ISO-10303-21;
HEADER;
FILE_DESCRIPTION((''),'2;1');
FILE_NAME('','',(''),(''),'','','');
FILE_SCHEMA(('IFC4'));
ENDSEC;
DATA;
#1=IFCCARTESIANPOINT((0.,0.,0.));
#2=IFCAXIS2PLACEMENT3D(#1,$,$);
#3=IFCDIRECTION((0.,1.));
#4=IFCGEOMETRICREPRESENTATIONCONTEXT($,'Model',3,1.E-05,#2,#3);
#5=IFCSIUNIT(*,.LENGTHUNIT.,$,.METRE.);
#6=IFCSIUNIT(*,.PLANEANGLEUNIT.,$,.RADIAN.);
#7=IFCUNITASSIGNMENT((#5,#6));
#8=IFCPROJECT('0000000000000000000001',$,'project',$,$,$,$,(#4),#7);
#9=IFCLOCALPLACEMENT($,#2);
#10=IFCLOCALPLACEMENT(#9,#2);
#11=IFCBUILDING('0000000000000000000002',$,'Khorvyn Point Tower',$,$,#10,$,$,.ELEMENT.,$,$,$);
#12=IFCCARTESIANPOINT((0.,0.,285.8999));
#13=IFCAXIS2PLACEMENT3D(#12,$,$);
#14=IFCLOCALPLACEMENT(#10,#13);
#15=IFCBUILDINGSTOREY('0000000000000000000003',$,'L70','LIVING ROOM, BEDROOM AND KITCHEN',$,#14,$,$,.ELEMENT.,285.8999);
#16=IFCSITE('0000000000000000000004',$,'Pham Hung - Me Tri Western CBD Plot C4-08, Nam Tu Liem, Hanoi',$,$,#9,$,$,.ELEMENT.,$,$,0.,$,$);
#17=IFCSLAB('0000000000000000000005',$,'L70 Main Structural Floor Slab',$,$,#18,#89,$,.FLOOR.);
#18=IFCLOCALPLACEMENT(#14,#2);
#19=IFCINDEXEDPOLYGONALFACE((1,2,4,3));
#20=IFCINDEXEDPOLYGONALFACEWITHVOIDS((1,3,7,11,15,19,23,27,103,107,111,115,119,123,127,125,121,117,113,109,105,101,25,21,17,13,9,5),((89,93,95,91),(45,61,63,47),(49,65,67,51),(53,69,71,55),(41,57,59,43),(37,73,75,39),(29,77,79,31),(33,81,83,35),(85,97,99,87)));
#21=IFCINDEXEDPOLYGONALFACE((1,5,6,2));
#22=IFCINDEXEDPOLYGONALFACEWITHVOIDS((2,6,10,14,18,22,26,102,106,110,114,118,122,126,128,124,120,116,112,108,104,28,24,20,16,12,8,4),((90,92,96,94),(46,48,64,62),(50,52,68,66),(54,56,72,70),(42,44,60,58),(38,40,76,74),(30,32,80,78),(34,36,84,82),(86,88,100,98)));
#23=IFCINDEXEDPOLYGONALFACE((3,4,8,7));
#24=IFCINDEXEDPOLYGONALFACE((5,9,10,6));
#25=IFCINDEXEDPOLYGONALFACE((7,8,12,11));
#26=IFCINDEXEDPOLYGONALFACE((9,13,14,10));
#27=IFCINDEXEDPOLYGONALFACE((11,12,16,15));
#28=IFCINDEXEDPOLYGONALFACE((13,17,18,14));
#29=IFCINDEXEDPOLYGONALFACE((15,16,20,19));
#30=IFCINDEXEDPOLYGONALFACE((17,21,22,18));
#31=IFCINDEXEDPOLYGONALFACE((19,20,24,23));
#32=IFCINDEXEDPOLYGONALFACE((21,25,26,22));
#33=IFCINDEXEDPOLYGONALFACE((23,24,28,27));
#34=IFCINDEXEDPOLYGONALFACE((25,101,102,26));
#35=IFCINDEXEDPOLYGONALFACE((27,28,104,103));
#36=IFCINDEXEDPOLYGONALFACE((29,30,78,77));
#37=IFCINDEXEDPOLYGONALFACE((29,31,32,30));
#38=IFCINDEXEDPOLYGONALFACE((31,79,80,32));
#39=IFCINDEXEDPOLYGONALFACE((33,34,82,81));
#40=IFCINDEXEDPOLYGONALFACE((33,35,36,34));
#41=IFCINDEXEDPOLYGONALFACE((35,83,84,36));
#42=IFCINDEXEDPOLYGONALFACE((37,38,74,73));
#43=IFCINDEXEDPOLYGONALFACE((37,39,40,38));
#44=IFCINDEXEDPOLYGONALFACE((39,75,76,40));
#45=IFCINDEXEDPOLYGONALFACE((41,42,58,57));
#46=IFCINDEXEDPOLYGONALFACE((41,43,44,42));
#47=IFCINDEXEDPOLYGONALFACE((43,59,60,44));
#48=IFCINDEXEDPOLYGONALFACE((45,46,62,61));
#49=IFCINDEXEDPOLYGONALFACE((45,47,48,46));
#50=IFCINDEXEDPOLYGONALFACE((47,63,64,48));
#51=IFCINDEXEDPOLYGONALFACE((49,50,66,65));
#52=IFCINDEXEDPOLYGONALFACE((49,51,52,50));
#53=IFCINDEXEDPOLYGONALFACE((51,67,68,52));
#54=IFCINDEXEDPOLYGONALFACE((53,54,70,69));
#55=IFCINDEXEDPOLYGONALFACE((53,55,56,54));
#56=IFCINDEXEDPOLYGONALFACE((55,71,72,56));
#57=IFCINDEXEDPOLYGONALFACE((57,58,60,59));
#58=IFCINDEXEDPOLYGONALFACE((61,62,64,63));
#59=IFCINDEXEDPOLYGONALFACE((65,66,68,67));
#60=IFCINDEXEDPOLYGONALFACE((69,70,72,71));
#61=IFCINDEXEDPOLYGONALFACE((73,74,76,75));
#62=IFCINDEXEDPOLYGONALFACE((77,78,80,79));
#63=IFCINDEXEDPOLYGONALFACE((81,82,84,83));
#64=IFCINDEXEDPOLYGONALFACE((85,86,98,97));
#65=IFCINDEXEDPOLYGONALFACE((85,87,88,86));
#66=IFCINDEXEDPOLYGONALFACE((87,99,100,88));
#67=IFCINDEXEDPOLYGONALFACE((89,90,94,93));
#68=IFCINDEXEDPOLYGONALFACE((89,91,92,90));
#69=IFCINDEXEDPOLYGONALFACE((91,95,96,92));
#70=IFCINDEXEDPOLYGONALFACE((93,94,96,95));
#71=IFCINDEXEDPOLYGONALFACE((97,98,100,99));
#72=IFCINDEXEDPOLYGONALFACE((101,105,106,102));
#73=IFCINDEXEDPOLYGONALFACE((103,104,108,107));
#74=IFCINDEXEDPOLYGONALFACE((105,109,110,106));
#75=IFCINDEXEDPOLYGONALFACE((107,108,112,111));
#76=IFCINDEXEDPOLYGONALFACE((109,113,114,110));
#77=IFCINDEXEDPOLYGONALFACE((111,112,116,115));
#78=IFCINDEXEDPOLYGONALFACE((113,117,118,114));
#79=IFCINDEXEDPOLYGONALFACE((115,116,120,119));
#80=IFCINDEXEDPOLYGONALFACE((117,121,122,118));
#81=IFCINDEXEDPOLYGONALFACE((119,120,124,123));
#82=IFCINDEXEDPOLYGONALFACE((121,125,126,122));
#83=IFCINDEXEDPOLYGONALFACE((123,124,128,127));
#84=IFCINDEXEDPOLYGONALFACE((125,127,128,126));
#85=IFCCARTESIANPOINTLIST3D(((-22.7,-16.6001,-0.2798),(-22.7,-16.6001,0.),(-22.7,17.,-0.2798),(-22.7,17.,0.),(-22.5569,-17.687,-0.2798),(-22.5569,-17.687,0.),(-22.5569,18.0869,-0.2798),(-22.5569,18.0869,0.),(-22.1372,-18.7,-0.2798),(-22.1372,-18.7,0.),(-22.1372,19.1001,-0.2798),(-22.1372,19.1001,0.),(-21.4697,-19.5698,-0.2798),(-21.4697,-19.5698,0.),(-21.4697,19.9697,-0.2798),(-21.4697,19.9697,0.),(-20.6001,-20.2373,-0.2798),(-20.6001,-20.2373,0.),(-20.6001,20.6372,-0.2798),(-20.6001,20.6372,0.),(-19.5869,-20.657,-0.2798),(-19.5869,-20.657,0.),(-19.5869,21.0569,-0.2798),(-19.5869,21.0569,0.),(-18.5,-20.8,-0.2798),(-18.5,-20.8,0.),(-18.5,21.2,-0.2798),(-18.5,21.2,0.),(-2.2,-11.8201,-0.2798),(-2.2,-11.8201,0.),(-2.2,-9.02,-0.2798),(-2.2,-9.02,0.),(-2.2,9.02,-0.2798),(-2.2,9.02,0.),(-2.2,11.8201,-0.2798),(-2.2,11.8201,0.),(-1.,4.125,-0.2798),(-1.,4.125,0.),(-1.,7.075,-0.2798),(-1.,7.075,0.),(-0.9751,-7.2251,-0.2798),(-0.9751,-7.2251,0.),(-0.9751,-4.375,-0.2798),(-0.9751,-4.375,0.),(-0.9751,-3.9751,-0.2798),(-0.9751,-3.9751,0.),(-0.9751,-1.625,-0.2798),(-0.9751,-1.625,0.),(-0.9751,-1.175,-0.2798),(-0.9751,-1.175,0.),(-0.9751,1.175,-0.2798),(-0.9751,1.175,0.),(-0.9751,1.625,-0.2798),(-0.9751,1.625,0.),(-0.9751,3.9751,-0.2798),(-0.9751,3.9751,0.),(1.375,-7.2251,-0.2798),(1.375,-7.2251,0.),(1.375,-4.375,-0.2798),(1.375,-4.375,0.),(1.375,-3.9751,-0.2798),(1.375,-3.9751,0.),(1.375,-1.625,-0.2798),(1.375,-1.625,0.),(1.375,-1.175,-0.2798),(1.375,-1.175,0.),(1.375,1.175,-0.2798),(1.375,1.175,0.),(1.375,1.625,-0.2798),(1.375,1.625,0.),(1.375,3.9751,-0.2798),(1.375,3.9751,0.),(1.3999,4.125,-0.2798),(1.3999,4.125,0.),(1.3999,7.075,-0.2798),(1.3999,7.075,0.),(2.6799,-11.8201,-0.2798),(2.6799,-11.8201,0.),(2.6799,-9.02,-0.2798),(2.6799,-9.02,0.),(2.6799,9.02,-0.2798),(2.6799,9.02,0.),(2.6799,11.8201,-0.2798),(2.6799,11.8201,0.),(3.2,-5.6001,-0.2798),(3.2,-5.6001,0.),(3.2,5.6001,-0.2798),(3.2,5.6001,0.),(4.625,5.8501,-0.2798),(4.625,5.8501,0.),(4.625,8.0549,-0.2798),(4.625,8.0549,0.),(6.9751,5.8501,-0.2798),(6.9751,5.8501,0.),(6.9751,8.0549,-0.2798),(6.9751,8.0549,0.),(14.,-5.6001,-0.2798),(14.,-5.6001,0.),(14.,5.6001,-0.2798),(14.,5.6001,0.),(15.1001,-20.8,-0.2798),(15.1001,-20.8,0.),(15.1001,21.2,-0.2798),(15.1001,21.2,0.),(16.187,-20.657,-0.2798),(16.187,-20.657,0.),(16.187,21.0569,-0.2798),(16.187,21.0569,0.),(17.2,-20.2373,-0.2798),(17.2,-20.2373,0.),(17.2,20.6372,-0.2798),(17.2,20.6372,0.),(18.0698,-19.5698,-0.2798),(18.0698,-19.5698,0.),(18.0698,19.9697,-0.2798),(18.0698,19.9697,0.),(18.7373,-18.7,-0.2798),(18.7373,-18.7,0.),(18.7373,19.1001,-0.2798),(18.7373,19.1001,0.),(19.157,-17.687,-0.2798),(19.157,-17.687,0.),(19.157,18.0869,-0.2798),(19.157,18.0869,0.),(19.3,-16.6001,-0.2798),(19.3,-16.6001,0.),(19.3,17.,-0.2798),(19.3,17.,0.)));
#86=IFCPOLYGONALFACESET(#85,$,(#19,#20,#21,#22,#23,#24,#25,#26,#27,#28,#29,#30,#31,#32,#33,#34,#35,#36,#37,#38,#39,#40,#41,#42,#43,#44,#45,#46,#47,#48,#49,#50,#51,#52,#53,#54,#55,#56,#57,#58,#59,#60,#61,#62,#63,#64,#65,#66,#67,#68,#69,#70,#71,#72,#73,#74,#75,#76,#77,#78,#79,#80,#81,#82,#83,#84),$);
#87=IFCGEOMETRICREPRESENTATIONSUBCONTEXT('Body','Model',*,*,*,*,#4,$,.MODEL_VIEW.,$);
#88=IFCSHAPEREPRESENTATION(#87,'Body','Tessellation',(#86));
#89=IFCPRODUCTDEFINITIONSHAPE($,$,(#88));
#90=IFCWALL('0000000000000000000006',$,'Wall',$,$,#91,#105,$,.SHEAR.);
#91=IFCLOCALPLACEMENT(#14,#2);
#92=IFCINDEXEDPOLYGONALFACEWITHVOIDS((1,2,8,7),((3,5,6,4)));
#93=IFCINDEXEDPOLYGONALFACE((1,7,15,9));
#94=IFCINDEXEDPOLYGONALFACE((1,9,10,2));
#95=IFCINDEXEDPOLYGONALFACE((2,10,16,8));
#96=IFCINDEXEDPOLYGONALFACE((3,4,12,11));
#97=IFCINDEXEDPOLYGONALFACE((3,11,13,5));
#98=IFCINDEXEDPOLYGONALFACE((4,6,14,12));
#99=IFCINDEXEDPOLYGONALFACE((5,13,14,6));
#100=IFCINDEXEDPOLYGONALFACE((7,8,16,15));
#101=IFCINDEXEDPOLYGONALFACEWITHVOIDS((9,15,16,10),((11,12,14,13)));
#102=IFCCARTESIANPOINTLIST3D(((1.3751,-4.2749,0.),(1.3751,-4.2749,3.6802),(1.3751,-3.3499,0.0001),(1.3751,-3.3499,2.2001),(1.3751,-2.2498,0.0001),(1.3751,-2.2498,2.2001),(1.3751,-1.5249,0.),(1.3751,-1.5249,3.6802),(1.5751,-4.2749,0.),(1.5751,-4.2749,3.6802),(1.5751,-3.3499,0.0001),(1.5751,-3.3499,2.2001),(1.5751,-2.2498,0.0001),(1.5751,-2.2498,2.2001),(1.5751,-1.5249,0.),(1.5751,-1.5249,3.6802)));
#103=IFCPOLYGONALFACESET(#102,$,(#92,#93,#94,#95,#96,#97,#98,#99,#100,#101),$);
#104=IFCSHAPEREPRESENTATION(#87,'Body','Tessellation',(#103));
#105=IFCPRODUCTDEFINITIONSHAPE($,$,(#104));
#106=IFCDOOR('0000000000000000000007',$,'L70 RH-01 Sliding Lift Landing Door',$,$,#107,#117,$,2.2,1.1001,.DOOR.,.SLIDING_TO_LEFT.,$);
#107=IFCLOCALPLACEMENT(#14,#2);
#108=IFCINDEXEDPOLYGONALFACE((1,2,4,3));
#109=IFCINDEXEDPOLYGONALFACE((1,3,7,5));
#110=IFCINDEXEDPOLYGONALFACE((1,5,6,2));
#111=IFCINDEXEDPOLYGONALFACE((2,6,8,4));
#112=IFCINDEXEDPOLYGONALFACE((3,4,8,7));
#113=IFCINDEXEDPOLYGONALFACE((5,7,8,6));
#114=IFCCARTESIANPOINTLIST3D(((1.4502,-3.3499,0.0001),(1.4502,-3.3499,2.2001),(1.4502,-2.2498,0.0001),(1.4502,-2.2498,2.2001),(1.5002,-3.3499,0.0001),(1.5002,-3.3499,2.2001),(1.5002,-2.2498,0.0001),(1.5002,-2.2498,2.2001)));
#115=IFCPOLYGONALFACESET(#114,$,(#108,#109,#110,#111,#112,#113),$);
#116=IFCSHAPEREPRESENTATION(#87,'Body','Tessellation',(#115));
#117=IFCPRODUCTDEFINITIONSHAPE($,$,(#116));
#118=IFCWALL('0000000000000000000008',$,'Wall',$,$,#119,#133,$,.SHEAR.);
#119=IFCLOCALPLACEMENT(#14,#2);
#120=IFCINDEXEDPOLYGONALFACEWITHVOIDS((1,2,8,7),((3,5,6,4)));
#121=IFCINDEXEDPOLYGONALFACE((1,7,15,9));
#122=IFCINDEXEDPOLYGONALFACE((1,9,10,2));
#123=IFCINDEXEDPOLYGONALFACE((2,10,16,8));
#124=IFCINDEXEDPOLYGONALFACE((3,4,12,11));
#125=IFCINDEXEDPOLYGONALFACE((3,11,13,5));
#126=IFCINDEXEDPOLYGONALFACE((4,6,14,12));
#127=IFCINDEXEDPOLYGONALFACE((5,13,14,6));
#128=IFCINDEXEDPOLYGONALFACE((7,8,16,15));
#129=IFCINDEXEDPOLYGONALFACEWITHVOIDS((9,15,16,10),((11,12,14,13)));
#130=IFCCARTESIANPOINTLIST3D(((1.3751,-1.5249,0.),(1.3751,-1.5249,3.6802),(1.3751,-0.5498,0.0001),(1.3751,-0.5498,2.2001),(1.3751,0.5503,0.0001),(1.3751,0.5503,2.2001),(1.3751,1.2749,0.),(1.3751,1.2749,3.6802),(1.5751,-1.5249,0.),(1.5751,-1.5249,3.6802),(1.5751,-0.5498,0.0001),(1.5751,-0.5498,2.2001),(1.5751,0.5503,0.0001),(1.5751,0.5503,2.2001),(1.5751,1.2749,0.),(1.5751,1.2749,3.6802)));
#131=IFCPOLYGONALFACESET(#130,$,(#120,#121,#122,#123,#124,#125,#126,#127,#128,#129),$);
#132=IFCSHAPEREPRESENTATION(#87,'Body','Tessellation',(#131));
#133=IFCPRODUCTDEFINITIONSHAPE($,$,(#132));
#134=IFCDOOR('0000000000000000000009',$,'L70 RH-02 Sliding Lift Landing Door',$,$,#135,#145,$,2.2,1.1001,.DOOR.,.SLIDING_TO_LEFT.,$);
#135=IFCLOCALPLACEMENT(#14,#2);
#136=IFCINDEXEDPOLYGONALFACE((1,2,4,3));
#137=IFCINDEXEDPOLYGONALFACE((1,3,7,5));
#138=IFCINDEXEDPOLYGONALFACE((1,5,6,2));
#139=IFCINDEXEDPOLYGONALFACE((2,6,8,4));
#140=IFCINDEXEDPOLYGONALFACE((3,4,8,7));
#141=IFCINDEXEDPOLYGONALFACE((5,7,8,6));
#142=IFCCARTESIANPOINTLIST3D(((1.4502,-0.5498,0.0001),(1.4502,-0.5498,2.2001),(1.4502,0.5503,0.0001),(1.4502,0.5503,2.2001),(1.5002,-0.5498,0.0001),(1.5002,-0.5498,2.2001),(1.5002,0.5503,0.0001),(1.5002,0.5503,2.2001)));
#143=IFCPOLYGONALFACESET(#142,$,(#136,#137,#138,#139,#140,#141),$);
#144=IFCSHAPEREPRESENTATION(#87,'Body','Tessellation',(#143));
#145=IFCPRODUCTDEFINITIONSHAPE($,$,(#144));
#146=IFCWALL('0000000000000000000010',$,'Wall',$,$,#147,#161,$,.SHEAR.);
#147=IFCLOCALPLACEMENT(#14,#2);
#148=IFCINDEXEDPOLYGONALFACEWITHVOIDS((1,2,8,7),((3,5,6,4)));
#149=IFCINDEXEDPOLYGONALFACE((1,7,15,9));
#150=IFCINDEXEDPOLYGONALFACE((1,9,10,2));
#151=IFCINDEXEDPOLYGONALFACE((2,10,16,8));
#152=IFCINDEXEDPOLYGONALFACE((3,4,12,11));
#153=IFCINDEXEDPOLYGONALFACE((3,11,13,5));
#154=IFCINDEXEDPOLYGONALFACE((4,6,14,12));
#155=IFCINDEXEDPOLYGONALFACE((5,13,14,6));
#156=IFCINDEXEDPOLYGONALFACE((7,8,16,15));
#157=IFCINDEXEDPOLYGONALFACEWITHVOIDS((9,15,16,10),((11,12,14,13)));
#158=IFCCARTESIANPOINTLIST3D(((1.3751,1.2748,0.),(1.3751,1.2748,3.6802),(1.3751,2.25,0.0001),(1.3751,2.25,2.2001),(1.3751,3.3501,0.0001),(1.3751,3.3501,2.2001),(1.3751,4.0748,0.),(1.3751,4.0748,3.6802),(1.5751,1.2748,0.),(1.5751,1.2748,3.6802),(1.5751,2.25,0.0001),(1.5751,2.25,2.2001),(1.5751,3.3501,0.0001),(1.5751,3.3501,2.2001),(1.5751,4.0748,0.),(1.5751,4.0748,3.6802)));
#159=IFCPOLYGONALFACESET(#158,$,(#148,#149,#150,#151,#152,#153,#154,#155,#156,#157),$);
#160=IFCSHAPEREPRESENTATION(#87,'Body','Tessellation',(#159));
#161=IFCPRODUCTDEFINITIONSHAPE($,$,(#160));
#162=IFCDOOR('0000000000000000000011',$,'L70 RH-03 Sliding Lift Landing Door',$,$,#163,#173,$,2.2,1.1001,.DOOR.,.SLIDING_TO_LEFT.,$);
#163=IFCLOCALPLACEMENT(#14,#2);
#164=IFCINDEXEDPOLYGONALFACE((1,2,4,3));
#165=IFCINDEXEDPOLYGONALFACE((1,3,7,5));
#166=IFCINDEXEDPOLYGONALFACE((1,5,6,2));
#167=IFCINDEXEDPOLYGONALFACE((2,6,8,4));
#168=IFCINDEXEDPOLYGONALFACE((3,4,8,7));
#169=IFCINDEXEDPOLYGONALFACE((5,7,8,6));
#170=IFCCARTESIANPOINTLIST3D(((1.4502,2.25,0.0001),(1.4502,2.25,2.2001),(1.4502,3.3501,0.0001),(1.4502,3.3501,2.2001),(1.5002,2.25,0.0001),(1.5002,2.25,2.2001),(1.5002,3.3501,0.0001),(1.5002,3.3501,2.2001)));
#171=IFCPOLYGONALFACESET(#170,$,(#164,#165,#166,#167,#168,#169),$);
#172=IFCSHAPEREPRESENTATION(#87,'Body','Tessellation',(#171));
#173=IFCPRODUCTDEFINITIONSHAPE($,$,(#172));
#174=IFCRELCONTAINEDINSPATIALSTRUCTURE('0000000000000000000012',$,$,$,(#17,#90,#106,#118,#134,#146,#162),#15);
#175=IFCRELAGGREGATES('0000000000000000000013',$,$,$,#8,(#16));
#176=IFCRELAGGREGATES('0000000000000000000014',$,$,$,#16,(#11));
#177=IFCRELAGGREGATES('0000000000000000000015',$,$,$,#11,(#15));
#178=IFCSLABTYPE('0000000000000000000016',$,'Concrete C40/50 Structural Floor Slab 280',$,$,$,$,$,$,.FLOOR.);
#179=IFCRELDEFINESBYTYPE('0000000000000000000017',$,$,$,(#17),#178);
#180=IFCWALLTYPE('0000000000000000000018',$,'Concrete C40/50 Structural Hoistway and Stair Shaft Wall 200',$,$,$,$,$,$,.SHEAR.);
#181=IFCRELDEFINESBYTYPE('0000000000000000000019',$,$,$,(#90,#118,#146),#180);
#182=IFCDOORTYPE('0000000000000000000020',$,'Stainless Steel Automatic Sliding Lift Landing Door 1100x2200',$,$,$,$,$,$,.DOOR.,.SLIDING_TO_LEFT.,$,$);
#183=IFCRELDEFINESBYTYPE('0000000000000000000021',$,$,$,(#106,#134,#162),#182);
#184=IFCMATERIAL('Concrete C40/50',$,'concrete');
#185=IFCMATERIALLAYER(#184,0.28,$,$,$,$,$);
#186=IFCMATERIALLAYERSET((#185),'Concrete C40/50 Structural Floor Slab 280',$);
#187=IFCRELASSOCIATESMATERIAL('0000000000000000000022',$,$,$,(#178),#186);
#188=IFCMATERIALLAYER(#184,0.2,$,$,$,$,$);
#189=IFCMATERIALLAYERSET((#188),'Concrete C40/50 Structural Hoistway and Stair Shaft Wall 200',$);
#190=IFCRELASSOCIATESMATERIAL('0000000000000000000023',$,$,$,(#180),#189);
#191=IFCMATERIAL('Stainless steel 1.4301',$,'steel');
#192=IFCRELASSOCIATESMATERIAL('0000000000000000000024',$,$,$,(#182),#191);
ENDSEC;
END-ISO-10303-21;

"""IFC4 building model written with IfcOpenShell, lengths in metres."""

from ifc_helpers import new_model, si_unit, direction, frame, frame_2d, origin, place, context, subcontext, project, spatial, polyline, rectangle, outline, extrude, material, layer, layer_set, type_object, element, fill, save


model = new_model("IFC4")

# Units and contexts
model_context = context("Model", 3, precision=1e-05, world=origin(), true_north=direction((0.0, 1.0)))
body_context = subcontext(model_context, "Body", "Model", "MODEL_VIEW")
ifc_project = project(units=[si_unit("LENGTHUNIT", "METRE"), si_unit("PLANEANGLEUNIT", "RADIAN")], contexts=[model_context])

# Site, building, storey
site_placement = place(None, origin())
site = spatial("IfcSite", under=ifc_project, at=site_placement, Name="Pham Hung - Me Tri Western CBD Plot C4-08, Nam Tu Liem, Hanoi", CompositionType="ELEMENT", RefElevation=0.0)
building_placement = place(site_placement, origin())
building = spatial("IfcBuilding", under=site, at=building_placement, Name="Khorvyn Point Tower", CompositionType="ELEMENT")
storey_placement = place(building_placement, frame((0.0, 0.0, 285.8999)))
storey = spatial("IfcBuildingStorey", under=building, at=storey_placement, Name="L70", Description="LIVING ROOM, BEDROOM AND KITCHEN", CompositionType="ELEMENT", Elevation=285.8999)

# Shared definitions
ifc_material_1 = material(Name="Concrete C40/50", Category="concrete")

# Slab
ifc_layer_1 = layer(ifc_material_1, 0.28)
ifc_layer_set_1 = layer_set([ifc_layer_1], Name="Concrete C40/50 Structural Floor Slab 280")
slab_type_1 = type_object("IfcSlabType", Name="Concrete C40/50 Structural Floor Slab 280", PredefinedType="FLOOR", material=ifc_layer_set_1)
slab_1_placement = place(storey_placement, frame((0.0, 0.0, -0.2798)))
element("IfcSlab", 1, at=slab_1_placement, inside=storey, type_object=slab_type_1, Name="L70 Main Structural Floor Slab", PredefinedType="FLOOR", context=body_context, shape_type="SweptSolid", body=[
    extrude(outline(polyline([(-18.5, -20.8), (-19.5869, -20.657), (-20.6001, -20.2373), (-21.4697, -19.5698), (-22.1372, -18.7), (-22.5569, -17.687), (-22.7, -16.6001), (-22.7, 17.0), (-22.5569, 18.0869), (-22.1372, 19.1001), (-21.4697, 19.9697), (-20.6001, 20.6372), (-19.5869, 21.0569), (-18.5, 21.2), (15.1001, 21.2), (16.187, 21.0569), (17.2, 20.6372), (18.0698, 19.9697), (18.7373, 19.1001), (19.157, 18.0869), (19.3, 17.0), (19.3, -16.6001), (19.157, -17.687), (18.7373, -18.7), (18.0698, -19.5698), (17.2, -20.2373), (16.187, -20.657), (15.1001, -20.8), (-18.5, -20.8)]), holes=[polyline([(2.6799, -11.8201), (2.6799, -9.02), (-2.2, -9.02), (-2.2, -11.8201), (2.6799, -11.8201)]), polyline([(1.375, -7.2251), (1.375, -4.375), (-0.9751, -4.375), (-0.9751, -7.2251), (1.375, -7.2251)]), polyline([(1.375, -3.9751), (1.375, -1.625), (-0.9751, -1.625), (-0.9751, -3.9751), (1.375, -3.9751)]), polyline([(1.375, -1.175), (1.375, 1.175), (-0.9751, 1.175), (-0.9751, -1.175), (1.375, -1.175)]), polyline([(14.0, -5.6001), (14.0, 5.6001), (3.2, 5.6001), (3.2, -5.6001), (14.0, -5.6001)]), polyline([(1.375, 1.625), (1.375, 3.9751), (-0.9751, 3.9751), (-0.9751, 1.625), (1.375, 1.625)]), polyline([(1.3999, 4.125), (1.3999, 7.075), (-1.0, 7.075), (-1.0, 4.125), (1.3999, 4.125)]), polyline([(4.625, 5.8501), (6.9751, 5.8501), (6.9751, 8.0549), (4.625, 8.0549), (4.625, 5.8501)]), polyline([(-2.2, 9.02), (2.6799, 9.02), (2.6799, 11.8201), (-2.2, 11.8201), (-2.2, 9.02)])]), origin(), (0.0, 0.0, 1.0), 0.2798),
])

# Walls, openings, doors
ifc_layer_2 = layer(ifc_material_1, 0.2)
ifc_layer_set_2 = layer_set([ifc_layer_2], Name="Concrete C40/50 Structural Hoistway and Stair Shaft Wall 200")
wall_type = type_object("IfcWallType", Name="Concrete C40/50 Structural Hoistway and Stair Shaft Wall 200", PredefinedType="SHEAR", material=ifc_layer_set_2)
wall_1_placement = place(storey_placement, frame((1.4751, -4.2749, 0.0), z_axis=(0.0, 0.0, 1.0), x_axis=(0.0, 1.0, 0.0)))
wall_1 = element("IfcWall", 2, at=wall_1_placement, inside=storey, type_object=wall_type, Name="Wall", PredefinedType="SHEAR", context=body_context, shape_type="SweptSolid", body=[
    extrude(rectangle(XDim=2.75, YDim=0.2, at=frame_2d((1.375, 0.0))), origin(), (0.0, 0.0, 1.0), 3.6802),
])
opening_1_placement = place(wall_1_placement, frame((0.925, 0.0, 0.0)))
opening_1 = element("IfcOpeningElement", 3, at=opening_1_placement, cuts=wall_1, PredefinedType="OPENING", context=body_context, shape_type="SweptSolid", body=[
    extrude(rectangle(XDim=1.1001, YDim=2.2, at=frame_2d((0.55, 1.1001))), frame((0.0, 0.1099, 0.0), z_axis=(0.0, -1.0, 0.0), x_axis=(1.0, 0.0, 0.0)), (0.0, 0.0, 1.0), 0.22),
])
ifc_material_2 = material(Name="Stainless steel 1.4301", Category="steel")
door_type = type_object("IfcDoorType", Name="Stainless Steel Automatic Sliding Lift Landing Door 1100x2200", OperationType="SLIDING_TO_LEFT", PredefinedType="DOOR", material=ifc_material_2)
door_1_placement = place(opening_1_placement, origin())
door_1 = element("IfcDoor", 4, at=door_1_placement, inside=storey, type_object=door_type, Name="L70 RH-01 Sliding Lift Landing Door", OperationType="SLIDING_TO_LEFT", OverallHeight=2.2, OverallWidth=1.1001, PredefinedType="DOOR", context=body_context, shape_type="SweptSolid", body=[
    extrude(rectangle(XDim=1.1001, YDim=2.2, at=frame_2d((0.55, 1.1001))), frame((0.0, 0.0249, 0.0), z_axis=(0.0, -1.0, 0.0), x_axis=(1.0, 0.0, 0.0)), (0.0, 0.0, 1.0), 0.05),
])
fill(opening_1, door_1)
wall_2_placement = place(storey_placement, frame((1.4751, -1.5249, 0.0), z_axis=(0.0, 0.0, 1.0), x_axis=(0.0, 1.0, 0.0)))
wall_2 = element("IfcWall", 5, at=wall_2_placement, inside=storey, type_object=wall_type, Name="Wall", PredefinedType="SHEAR", context=body_context, shape_type="SweptSolid", body=[
    extrude(rectangle(XDim=2.7998, YDim=0.2, at=frame_2d((1.3999, 0.0))), origin(), (0.0, 0.0, 1.0), 3.6802),
])
opening_2_placement = place(wall_2_placement, frame((0.9751, 0.0, 0.0)))
opening_2 = element("IfcOpeningElement", 6, at=opening_2_placement, cuts=wall_2, PredefinedType="OPENING", context=body_context, shape_type="SweptSolid", body=[
    extrude(rectangle(XDim=1.1001, YDim=2.2, at=frame_2d((0.55, 1.1001))), frame((0.0, 0.1099, 0.0), z_axis=(0.0, -1.0, 0.0), x_axis=(1.0, 0.0, 0.0)), (0.0, 0.0, 1.0), 0.22),
])
door_2_placement = place(opening_2_placement, origin())
door_2 = element("IfcDoor", 7, at=door_2_placement, inside=storey, type_object=door_type, Name="L70 RH-02 Sliding Lift Landing Door", OperationType="SLIDING_TO_LEFT", OverallHeight=2.2, OverallWidth=1.1001, PredefinedType="DOOR", context=body_context, shape_type="SweptSolid", body=[
    extrude(rectangle(XDim=1.1001, YDim=2.2, at=frame_2d((0.55, 1.1001))), frame((0.0, 0.0249, 0.0), z_axis=(0.0, -1.0, 0.0), x_axis=(1.0, 0.0, 0.0)), (0.0, 0.0, 1.0), 0.05),
])
fill(opening_2, door_2)
wall_3_placement = place(storey_placement, frame((1.4751, 1.2749, 0.0), z_axis=(0.0, 0.0, 1.0), x_axis=(0.0, 1.0, 0.0)))
wall_3 = element("IfcWall", 8, at=wall_3_placement, inside=storey, type_object=wall_type, Name="Wall", PredefinedType="SHEAR", context=body_context, shape_type="SweptSolid", body=[
    extrude(rectangle(XDim=2.8, YDim=0.2, at=frame_2d((1.3999, 0.0))), origin(), (0.0, 0.0, 1.0), 3.6802),
])
opening_3_placement = place(wall_3_placement, frame((0.9751, 0.0, 0.0)))
opening_3 = element("IfcOpeningElement", 9, at=opening_3_placement, cuts=wall_3, PredefinedType="OPENING", context=body_context, shape_type="SweptSolid", body=[
    extrude(rectangle(XDim=1.1001, YDim=2.2, at=frame_2d((0.55, 1.1001))), frame((0.0, 0.1099, 0.0), z_axis=(0.0, -1.0, 0.0), x_axis=(1.0, 0.0, 0.0)), (0.0, 0.0, 1.0), 0.22),
])
door_3_placement = place(opening_3_placement, origin())
door_3 = element("IfcDoor", 10, at=door_3_placement, inside=storey, type_object=door_type, Name="L70 RH-03 Sliding Lift Landing Door", OperationType="SLIDING_TO_LEFT", OverallHeight=2.2, OverallWidth=1.1001, PredefinedType="DOOR", context=body_context, shape_type="SweptSolid", body=[
    extrude(rectangle(XDim=1.1001, YDim=2.2, at=frame_2d((0.55, 1.1001))), frame((0.0, 0.0249, 0.0), z_axis=(0.0, -1.0, 0.0), x_axis=(1.0, 0.0, 0.0)), (0.0, 0.0, 1.0), 0.05),
])
fill(opening_3, door_3)

save(model, "model.ifc")
